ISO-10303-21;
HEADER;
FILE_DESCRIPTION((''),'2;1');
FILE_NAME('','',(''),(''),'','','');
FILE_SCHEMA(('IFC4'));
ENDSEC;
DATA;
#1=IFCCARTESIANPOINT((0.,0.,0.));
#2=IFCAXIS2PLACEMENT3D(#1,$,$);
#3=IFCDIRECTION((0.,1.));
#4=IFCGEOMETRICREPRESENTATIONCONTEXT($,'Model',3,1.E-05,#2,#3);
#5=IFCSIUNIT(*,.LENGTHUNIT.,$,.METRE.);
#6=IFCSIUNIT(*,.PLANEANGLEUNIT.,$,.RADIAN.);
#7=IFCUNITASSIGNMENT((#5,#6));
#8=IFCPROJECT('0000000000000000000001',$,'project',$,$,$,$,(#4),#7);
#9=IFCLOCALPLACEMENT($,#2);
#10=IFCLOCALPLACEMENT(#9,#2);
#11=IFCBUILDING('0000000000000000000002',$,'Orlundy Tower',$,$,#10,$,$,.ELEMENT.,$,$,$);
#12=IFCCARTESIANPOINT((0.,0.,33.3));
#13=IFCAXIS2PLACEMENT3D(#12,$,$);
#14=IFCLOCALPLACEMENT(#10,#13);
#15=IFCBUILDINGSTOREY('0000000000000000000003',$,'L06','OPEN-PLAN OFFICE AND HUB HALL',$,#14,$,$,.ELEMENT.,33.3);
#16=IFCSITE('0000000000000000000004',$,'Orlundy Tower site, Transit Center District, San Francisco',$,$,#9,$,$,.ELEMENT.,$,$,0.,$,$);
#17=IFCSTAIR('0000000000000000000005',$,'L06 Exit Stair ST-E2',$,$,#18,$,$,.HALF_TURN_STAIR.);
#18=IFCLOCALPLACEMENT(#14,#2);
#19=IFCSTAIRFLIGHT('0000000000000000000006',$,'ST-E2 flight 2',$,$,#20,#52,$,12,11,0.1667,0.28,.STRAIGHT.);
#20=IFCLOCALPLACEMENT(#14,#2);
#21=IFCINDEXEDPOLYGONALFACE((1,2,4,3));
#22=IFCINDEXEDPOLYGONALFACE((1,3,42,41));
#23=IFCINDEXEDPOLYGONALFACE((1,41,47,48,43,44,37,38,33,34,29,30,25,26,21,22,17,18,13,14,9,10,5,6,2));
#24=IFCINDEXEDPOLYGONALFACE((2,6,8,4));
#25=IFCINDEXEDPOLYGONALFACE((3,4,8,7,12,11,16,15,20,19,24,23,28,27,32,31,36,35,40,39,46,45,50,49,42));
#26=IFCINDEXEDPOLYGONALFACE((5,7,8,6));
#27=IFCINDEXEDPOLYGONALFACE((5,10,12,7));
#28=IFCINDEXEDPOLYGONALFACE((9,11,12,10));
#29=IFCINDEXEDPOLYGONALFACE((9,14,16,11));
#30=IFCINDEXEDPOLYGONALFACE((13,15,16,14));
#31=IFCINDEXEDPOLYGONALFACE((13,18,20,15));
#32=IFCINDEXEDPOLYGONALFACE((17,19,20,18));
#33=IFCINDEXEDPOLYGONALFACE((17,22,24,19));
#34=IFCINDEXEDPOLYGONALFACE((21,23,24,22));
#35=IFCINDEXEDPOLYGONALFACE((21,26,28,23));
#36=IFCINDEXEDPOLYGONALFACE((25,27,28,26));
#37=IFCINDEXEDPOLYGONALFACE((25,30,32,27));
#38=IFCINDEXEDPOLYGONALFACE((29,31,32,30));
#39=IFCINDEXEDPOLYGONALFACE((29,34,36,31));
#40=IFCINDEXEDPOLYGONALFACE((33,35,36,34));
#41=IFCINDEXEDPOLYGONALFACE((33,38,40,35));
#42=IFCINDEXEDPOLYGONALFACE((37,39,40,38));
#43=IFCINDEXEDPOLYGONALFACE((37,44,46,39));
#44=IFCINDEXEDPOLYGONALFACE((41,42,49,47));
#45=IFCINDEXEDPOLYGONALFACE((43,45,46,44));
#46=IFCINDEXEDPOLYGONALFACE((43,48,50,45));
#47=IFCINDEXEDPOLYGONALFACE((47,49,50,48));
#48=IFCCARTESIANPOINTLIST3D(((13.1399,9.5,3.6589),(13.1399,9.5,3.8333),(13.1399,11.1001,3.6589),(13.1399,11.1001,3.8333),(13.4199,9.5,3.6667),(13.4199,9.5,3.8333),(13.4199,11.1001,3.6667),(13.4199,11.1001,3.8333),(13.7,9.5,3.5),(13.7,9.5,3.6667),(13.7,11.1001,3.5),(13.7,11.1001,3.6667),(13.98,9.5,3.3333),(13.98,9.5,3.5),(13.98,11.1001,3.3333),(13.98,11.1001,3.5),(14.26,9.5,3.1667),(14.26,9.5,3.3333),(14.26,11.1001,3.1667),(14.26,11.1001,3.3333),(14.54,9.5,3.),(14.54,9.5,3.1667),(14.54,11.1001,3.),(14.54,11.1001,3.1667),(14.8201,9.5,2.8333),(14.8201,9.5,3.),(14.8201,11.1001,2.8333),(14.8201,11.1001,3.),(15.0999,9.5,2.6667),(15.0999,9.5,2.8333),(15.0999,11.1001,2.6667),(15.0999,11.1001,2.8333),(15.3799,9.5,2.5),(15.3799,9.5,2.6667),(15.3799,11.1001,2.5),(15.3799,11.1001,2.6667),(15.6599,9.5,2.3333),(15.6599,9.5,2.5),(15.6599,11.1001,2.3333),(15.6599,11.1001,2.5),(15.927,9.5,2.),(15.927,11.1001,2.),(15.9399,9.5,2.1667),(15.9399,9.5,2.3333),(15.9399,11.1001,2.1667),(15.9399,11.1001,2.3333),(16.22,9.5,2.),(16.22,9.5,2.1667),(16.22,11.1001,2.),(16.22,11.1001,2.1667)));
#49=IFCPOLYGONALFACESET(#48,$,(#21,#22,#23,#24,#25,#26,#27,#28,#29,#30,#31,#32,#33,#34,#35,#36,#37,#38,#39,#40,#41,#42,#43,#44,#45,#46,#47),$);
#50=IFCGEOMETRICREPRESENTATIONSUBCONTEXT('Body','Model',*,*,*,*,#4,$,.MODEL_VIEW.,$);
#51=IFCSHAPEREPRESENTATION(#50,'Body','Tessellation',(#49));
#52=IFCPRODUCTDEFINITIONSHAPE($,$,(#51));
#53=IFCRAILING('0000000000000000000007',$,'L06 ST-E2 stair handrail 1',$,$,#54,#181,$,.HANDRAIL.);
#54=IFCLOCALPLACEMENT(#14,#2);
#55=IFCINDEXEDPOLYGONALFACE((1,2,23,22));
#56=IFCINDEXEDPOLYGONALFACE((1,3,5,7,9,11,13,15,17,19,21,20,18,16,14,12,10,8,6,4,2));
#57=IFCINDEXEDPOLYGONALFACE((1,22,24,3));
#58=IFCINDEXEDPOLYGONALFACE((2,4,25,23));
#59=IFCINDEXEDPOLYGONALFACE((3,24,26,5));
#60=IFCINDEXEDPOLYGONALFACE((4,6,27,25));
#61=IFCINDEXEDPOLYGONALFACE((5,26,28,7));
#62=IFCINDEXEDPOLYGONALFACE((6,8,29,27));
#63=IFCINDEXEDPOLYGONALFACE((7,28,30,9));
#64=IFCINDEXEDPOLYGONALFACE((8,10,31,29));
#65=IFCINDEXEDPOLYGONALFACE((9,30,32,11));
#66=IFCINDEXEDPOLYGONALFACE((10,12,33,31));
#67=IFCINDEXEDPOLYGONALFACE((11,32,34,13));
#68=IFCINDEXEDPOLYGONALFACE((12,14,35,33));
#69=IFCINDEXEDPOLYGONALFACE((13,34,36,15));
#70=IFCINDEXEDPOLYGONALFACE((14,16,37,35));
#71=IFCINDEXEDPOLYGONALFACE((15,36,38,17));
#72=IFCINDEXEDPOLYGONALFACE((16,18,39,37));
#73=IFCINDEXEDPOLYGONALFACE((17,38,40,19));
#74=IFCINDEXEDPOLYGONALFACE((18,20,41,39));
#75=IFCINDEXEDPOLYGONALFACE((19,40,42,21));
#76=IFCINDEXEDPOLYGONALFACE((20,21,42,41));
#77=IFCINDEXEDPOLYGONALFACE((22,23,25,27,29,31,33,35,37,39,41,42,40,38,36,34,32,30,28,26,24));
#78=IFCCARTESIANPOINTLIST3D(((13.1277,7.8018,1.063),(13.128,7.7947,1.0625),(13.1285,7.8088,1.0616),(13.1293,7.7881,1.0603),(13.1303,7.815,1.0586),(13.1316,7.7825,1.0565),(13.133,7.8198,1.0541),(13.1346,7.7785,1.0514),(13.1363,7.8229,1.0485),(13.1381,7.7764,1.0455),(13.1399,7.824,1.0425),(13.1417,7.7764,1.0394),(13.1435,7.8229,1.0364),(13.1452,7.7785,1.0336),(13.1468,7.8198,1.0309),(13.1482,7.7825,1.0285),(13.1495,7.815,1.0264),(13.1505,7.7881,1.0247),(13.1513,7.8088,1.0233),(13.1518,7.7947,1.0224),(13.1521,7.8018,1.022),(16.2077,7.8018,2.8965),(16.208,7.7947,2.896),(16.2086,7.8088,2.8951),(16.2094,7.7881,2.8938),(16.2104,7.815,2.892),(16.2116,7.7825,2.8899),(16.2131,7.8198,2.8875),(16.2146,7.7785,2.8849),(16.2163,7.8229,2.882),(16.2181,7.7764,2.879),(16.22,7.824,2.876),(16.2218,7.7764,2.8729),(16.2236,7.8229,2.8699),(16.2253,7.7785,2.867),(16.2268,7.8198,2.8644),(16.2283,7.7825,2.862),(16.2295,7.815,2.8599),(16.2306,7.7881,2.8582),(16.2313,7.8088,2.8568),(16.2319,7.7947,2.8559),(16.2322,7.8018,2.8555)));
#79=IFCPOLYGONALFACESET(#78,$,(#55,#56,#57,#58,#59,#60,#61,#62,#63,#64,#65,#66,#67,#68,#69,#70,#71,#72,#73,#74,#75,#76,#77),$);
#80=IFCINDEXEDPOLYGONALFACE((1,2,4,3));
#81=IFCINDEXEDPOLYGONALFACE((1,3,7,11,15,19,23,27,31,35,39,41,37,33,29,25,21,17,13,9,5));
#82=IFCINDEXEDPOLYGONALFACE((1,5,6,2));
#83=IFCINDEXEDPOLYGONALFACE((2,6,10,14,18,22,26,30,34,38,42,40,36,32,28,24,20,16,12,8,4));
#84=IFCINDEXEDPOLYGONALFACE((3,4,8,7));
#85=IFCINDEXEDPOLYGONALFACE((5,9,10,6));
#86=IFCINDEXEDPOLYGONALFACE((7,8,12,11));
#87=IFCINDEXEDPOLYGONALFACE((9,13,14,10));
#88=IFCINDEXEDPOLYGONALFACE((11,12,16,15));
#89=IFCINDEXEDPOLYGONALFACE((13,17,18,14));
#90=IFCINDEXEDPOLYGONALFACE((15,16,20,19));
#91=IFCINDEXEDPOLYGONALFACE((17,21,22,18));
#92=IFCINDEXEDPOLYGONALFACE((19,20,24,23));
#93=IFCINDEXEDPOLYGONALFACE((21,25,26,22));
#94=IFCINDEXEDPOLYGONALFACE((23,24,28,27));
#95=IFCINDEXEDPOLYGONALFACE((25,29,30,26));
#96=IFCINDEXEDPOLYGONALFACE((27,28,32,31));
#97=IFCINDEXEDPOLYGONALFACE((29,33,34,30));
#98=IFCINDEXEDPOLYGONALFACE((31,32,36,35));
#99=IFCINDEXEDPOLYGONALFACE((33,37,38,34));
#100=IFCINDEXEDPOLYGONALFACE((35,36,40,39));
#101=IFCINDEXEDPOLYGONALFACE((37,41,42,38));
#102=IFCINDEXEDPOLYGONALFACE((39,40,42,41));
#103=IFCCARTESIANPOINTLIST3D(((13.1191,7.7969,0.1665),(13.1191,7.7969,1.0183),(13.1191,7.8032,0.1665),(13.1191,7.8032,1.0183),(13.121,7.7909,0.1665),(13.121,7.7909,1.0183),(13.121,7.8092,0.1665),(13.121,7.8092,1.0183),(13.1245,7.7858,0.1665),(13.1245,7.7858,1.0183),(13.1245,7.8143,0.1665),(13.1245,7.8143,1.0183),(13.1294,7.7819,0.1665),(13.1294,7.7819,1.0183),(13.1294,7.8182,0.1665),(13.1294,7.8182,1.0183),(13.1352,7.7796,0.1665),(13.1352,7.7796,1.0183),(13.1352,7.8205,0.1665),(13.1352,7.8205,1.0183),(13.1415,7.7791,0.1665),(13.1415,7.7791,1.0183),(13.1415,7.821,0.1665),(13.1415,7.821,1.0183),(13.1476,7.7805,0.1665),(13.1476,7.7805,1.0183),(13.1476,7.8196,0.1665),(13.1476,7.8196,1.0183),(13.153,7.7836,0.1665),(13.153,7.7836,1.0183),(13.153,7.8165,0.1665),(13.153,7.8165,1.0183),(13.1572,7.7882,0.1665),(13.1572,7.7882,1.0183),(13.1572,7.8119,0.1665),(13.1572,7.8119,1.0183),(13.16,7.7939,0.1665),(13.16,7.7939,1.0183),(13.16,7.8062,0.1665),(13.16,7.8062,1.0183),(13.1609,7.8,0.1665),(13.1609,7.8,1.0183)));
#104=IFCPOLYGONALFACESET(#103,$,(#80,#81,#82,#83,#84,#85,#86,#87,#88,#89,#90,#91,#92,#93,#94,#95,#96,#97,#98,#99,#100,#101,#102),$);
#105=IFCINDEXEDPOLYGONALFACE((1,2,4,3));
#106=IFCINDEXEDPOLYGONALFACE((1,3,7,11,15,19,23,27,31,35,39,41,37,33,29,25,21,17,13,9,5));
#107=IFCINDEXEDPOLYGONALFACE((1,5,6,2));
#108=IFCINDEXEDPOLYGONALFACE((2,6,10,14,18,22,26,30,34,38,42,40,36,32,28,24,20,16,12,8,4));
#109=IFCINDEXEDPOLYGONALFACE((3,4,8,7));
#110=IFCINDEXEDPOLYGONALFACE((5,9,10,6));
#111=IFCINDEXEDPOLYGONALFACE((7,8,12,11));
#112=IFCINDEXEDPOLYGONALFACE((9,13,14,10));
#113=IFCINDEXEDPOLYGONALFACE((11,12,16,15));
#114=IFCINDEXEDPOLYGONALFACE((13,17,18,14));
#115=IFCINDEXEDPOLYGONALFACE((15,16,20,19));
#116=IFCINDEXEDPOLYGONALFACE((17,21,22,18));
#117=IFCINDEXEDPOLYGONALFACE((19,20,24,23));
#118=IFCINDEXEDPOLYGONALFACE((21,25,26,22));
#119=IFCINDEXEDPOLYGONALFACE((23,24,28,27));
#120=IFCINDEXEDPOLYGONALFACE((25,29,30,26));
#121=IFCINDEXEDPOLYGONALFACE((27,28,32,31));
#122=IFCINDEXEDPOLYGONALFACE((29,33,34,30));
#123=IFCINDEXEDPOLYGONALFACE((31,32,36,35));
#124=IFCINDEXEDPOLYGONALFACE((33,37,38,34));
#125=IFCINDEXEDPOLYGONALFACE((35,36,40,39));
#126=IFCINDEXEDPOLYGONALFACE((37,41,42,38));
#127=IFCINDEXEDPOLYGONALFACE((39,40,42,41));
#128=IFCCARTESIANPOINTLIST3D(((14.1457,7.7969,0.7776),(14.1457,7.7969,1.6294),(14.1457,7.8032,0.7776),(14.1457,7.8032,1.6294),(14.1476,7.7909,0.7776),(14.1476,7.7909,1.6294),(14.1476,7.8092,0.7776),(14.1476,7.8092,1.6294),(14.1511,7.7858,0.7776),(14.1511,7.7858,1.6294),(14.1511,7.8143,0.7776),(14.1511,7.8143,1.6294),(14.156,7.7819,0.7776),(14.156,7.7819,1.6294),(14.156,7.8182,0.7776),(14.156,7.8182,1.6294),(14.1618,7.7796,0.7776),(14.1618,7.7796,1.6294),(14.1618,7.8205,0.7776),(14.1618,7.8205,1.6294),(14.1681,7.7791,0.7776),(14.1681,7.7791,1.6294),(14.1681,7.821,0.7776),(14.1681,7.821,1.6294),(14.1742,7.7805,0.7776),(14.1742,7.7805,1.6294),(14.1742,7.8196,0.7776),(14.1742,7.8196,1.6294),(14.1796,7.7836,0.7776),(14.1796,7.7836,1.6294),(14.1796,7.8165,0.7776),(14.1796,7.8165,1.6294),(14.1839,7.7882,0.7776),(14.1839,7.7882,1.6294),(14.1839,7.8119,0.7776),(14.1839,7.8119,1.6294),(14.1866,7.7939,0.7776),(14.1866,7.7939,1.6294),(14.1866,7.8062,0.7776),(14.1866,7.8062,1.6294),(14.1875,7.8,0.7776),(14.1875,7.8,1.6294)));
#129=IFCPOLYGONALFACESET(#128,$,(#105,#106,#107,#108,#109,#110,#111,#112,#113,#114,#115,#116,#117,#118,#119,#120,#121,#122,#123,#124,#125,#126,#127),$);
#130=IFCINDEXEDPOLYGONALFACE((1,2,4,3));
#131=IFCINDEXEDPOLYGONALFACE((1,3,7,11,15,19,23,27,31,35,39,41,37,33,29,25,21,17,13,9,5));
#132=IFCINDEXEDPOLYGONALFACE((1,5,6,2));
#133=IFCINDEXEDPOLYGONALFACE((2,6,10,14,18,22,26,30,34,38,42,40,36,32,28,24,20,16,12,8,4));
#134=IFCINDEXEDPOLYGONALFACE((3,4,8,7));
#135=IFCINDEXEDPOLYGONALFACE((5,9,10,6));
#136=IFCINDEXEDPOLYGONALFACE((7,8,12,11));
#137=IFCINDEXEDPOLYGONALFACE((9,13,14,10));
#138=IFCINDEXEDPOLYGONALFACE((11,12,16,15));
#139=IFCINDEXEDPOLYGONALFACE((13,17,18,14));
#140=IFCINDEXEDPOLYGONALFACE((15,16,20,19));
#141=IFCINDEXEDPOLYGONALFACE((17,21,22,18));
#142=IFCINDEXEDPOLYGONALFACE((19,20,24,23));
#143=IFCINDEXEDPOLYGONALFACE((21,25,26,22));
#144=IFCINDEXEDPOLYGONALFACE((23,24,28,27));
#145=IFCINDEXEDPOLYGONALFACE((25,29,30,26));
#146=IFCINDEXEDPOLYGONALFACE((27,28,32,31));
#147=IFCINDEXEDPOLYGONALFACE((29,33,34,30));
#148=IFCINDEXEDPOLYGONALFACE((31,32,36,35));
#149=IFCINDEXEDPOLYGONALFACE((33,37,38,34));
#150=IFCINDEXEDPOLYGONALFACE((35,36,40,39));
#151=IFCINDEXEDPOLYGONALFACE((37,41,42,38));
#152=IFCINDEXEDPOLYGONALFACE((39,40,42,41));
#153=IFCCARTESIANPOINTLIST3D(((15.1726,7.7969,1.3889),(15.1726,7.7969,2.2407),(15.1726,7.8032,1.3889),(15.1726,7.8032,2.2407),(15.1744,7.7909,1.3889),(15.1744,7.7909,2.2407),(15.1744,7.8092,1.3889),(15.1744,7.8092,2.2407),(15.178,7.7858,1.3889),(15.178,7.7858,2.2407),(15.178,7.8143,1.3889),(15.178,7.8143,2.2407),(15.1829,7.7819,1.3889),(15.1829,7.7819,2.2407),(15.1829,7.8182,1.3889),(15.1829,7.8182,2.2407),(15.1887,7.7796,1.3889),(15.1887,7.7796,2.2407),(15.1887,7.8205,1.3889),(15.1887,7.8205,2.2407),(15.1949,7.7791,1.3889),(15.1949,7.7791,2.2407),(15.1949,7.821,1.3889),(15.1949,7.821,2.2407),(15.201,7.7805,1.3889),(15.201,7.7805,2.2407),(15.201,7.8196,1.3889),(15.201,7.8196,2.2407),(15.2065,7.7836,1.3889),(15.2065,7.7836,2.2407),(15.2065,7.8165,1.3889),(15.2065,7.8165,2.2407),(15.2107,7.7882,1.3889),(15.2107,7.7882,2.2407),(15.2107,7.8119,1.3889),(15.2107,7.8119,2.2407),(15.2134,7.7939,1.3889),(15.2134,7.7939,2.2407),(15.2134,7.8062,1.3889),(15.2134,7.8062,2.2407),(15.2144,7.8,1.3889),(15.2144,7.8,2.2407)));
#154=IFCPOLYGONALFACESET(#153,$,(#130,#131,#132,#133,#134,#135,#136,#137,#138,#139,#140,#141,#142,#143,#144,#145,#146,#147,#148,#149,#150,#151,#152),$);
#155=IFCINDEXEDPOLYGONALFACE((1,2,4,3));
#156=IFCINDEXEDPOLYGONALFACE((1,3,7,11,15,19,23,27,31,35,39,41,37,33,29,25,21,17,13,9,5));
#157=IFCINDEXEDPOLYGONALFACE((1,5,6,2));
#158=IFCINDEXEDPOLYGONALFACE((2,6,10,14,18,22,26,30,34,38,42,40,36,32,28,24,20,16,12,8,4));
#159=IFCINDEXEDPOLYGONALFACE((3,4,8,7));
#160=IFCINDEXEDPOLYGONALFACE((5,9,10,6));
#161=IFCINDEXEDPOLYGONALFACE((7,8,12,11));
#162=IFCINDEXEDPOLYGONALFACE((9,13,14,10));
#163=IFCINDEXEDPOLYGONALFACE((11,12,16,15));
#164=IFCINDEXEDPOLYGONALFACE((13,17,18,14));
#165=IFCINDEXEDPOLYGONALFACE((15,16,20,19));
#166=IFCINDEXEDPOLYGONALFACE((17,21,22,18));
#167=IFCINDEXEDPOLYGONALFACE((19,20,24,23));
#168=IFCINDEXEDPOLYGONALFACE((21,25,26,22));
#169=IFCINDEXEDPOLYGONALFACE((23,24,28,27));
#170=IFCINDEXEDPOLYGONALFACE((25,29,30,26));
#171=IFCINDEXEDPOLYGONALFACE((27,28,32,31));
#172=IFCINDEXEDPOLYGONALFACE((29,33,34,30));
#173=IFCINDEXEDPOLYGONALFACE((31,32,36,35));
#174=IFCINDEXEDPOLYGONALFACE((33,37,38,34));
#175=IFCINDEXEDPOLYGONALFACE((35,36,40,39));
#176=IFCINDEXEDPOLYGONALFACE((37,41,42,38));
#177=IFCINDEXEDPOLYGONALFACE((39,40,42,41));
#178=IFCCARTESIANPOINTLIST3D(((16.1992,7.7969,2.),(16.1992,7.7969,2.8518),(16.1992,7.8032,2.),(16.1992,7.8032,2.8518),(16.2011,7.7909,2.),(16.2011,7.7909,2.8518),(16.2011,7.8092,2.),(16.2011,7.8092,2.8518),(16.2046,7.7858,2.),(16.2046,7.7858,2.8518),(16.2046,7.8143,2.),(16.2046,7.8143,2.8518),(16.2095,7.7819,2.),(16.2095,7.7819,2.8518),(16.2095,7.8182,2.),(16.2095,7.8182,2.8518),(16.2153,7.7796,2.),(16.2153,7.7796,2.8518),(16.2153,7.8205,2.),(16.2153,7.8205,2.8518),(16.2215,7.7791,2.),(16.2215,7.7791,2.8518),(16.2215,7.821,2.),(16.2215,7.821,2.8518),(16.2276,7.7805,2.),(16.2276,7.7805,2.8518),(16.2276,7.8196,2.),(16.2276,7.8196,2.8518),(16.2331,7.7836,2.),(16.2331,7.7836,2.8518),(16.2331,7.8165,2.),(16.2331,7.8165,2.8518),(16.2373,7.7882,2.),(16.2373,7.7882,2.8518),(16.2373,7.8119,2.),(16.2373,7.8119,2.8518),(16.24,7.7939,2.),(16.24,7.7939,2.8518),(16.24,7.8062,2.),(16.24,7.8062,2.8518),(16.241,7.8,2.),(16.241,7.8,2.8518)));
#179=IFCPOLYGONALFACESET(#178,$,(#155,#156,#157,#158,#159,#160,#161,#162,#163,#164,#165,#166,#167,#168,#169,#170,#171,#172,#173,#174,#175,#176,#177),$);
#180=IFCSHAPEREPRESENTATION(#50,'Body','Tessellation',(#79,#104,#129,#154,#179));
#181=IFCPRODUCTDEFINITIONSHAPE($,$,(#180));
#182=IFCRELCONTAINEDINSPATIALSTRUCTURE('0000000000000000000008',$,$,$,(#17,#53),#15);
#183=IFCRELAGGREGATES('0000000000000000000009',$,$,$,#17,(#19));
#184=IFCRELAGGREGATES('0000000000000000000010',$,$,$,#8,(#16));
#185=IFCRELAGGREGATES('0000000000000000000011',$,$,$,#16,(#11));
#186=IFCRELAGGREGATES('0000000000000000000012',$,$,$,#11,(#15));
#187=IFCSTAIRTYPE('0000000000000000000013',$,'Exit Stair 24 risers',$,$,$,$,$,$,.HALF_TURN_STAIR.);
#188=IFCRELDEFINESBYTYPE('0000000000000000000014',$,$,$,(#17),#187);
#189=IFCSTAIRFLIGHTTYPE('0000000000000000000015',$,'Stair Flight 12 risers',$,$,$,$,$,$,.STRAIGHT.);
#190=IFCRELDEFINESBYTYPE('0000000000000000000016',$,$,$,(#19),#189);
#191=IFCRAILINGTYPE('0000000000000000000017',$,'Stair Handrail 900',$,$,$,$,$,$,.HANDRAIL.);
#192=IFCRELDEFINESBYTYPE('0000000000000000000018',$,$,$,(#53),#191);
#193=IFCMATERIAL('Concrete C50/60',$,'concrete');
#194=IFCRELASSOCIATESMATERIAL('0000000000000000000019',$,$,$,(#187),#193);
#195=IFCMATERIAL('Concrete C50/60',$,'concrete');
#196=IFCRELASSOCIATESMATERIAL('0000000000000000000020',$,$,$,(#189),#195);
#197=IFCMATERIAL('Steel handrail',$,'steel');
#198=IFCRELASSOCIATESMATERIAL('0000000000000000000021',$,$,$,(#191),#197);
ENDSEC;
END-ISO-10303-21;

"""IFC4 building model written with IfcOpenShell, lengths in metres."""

from ifc_helpers import new_model, si_unit, direction, frame, origin, origin_2d, place, context, subcontext, project, spatial, polyline, circle, outline, extrude, material, type_object, element, aggregate, save


model = new_model("IFC4")

# Units and contexts
model_context = context("Model", 3, precision=1e-05, world=origin(), true_north=direction((0.0, 1.0)))
body_context = subcontext(model_context, "Body", "Model", "MODEL_VIEW")
ifc_project = project(units=[si_unit("LENGTHUNIT", "METRE"), si_unit("PLANEANGLEUNIT", "RADIAN")], contexts=[model_context])

# Site, building, storey
site_placement = place(None, origin())
site = spatial("IfcSite", under=ifc_project, at=site_placement, Name="Orlundy Tower site, Transit Center District, San Francisco", CompositionType="ELEMENT", RefElevation=0.0)
building_placement = place(site_placement, origin())
building = spatial("IfcBuilding", under=site, at=building_placement, Name="Orlundy Tower", CompositionType="ELEMENT")
storey_placement = place(building_placement, frame((0.0, 0.0, 33.3)))
storey = spatial("IfcBuildingStorey", under=building, at=storey_placement, Name="L06", Description="OPEN-PLAN OFFICE AND HUB HALL", CompositionType="ELEMENT", Elevation=33.3)

# Stair, stair flight
ifc_material_1 = material(Name="Concrete C50/60", Category="concrete")
stair_type = type_object("IfcStairType", Name="Exit Stair 24 risers", PredefinedType="HALF_TURN_STAIR", material=ifc_material_1)
stair_placement = place(storey_placement, origin())
stair = element("IfcStair", 1, at=stair_placement, inside=storey, type_object=stair_type, Name="L06 Exit Stair ST-E2", PredefinedType="HALF_TURN_STAIR")
ifc_material_2 = material(Name="Concrete C50/60", Category="concrete")
stair_flight_type = type_object("IfcStairFlightType", Name="Stair Flight 12 risers", PredefinedType="STRAIGHT", material=ifc_material_2)
stair_flight_1_placement = place(storey_placement, frame((16.22, 10.3, 2.0), z_axis=(0.0, 0.0, 1.0), x_axis=(-1.0, 0.0, 0.0)))
stair_flight_1 = element("IfcStairFlight", 2, at=stair_flight_1_placement, type_object=stair_flight_type, Name="ST-E2 flight 2", NumberOfRisers=12, NumberOfTreads=11, PredefinedType="STRAIGHT", RiserHeight=0.1667, TreadLength=0.28, context=body_context, shape_type="SweptSolid", body=[
    extrude(outline(polyline([(0.0, 0.0), (0.0, 0.1667), (0.28, 0.1667), (0.28, 0.3333), (0.5601, 0.3333), (0.5601, 0.5), (0.8401, 0.5), (0.8401, 0.6667), (1.1201, 0.6667), (1.1201, 0.8333), (1.3999, 0.8333), (1.3999, 1.0), (1.6799, 1.0), (1.6799, 1.1667), (1.96, 1.1667), (1.96, 1.3333), (2.24, 1.3333), (2.24, 1.5), (2.52, 1.5), (2.52, 1.6667), (2.8, 1.6667), (2.8, 1.8333), (3.0801, 1.8333), (3.0801, 2.0), (3.0801, 1.6589), (0.293, 0.0), (0.0, 0.0)])), frame((0.0, 0.8, 0.0), z_axis=(0.0, -1.0, 0.0), x_axis=(1.0, 0.0, 0.0)), (0.0, 0.0, 1.0), 1.6001),
])
aggregate(stair, [stair_flight_1])

# Railing
ifc_material_3 = material(Name="Steel handrail", Category="steel")
railing_type_1 = type_object("IfcRailingType", Name="Stair Handrail 900", PredefinedType="HANDRAIL", material=ifc_material_3)
railing_1_placement = place(storey_placement, frame((13.1399, 7.8, 0.1665)))
element("IfcRailing", 3, at=railing_1_placement, inside=storey, type_object=railing_type_1, Name="L06 ST-E2 stair handrail 1", PredefinedType="HANDRAIL", context=body_context, shape_type="SweptSolid", body=[
    extrude(circle(Radius=0.0239, at=origin_2d()), frame((0.0, 0.0, 0.876), z_axis=(0.859279, 0.0, 0.511508), x_axis=(0.0, 1.0, 0.0)), (0.0, 0.0, 1.0), 3.5845),
    extrude(circle(Radius=0.021, at=origin_2d()), origin(), (0.0, 0.0, 1.0), 0.8518),
    extrude(circle(Radius=0.021, at=origin_2d()), frame((1.0266, 0.0, 0.6111)), (0.0, 0.0, 1.0), 0.8518),
    extrude(circle(Radius=0.021, at=origin_2d()), frame((2.0535, 0.0, 1.2224)), (0.0, 0.0, 1.0), 0.8518),
    extrude(circle(Radius=0.021, at=origin_2d()), frame((3.0801, 0.0, 1.8335)), (0.0, 0.0, 1.0), 0.8518),
])

save(model, "model.ifc")
